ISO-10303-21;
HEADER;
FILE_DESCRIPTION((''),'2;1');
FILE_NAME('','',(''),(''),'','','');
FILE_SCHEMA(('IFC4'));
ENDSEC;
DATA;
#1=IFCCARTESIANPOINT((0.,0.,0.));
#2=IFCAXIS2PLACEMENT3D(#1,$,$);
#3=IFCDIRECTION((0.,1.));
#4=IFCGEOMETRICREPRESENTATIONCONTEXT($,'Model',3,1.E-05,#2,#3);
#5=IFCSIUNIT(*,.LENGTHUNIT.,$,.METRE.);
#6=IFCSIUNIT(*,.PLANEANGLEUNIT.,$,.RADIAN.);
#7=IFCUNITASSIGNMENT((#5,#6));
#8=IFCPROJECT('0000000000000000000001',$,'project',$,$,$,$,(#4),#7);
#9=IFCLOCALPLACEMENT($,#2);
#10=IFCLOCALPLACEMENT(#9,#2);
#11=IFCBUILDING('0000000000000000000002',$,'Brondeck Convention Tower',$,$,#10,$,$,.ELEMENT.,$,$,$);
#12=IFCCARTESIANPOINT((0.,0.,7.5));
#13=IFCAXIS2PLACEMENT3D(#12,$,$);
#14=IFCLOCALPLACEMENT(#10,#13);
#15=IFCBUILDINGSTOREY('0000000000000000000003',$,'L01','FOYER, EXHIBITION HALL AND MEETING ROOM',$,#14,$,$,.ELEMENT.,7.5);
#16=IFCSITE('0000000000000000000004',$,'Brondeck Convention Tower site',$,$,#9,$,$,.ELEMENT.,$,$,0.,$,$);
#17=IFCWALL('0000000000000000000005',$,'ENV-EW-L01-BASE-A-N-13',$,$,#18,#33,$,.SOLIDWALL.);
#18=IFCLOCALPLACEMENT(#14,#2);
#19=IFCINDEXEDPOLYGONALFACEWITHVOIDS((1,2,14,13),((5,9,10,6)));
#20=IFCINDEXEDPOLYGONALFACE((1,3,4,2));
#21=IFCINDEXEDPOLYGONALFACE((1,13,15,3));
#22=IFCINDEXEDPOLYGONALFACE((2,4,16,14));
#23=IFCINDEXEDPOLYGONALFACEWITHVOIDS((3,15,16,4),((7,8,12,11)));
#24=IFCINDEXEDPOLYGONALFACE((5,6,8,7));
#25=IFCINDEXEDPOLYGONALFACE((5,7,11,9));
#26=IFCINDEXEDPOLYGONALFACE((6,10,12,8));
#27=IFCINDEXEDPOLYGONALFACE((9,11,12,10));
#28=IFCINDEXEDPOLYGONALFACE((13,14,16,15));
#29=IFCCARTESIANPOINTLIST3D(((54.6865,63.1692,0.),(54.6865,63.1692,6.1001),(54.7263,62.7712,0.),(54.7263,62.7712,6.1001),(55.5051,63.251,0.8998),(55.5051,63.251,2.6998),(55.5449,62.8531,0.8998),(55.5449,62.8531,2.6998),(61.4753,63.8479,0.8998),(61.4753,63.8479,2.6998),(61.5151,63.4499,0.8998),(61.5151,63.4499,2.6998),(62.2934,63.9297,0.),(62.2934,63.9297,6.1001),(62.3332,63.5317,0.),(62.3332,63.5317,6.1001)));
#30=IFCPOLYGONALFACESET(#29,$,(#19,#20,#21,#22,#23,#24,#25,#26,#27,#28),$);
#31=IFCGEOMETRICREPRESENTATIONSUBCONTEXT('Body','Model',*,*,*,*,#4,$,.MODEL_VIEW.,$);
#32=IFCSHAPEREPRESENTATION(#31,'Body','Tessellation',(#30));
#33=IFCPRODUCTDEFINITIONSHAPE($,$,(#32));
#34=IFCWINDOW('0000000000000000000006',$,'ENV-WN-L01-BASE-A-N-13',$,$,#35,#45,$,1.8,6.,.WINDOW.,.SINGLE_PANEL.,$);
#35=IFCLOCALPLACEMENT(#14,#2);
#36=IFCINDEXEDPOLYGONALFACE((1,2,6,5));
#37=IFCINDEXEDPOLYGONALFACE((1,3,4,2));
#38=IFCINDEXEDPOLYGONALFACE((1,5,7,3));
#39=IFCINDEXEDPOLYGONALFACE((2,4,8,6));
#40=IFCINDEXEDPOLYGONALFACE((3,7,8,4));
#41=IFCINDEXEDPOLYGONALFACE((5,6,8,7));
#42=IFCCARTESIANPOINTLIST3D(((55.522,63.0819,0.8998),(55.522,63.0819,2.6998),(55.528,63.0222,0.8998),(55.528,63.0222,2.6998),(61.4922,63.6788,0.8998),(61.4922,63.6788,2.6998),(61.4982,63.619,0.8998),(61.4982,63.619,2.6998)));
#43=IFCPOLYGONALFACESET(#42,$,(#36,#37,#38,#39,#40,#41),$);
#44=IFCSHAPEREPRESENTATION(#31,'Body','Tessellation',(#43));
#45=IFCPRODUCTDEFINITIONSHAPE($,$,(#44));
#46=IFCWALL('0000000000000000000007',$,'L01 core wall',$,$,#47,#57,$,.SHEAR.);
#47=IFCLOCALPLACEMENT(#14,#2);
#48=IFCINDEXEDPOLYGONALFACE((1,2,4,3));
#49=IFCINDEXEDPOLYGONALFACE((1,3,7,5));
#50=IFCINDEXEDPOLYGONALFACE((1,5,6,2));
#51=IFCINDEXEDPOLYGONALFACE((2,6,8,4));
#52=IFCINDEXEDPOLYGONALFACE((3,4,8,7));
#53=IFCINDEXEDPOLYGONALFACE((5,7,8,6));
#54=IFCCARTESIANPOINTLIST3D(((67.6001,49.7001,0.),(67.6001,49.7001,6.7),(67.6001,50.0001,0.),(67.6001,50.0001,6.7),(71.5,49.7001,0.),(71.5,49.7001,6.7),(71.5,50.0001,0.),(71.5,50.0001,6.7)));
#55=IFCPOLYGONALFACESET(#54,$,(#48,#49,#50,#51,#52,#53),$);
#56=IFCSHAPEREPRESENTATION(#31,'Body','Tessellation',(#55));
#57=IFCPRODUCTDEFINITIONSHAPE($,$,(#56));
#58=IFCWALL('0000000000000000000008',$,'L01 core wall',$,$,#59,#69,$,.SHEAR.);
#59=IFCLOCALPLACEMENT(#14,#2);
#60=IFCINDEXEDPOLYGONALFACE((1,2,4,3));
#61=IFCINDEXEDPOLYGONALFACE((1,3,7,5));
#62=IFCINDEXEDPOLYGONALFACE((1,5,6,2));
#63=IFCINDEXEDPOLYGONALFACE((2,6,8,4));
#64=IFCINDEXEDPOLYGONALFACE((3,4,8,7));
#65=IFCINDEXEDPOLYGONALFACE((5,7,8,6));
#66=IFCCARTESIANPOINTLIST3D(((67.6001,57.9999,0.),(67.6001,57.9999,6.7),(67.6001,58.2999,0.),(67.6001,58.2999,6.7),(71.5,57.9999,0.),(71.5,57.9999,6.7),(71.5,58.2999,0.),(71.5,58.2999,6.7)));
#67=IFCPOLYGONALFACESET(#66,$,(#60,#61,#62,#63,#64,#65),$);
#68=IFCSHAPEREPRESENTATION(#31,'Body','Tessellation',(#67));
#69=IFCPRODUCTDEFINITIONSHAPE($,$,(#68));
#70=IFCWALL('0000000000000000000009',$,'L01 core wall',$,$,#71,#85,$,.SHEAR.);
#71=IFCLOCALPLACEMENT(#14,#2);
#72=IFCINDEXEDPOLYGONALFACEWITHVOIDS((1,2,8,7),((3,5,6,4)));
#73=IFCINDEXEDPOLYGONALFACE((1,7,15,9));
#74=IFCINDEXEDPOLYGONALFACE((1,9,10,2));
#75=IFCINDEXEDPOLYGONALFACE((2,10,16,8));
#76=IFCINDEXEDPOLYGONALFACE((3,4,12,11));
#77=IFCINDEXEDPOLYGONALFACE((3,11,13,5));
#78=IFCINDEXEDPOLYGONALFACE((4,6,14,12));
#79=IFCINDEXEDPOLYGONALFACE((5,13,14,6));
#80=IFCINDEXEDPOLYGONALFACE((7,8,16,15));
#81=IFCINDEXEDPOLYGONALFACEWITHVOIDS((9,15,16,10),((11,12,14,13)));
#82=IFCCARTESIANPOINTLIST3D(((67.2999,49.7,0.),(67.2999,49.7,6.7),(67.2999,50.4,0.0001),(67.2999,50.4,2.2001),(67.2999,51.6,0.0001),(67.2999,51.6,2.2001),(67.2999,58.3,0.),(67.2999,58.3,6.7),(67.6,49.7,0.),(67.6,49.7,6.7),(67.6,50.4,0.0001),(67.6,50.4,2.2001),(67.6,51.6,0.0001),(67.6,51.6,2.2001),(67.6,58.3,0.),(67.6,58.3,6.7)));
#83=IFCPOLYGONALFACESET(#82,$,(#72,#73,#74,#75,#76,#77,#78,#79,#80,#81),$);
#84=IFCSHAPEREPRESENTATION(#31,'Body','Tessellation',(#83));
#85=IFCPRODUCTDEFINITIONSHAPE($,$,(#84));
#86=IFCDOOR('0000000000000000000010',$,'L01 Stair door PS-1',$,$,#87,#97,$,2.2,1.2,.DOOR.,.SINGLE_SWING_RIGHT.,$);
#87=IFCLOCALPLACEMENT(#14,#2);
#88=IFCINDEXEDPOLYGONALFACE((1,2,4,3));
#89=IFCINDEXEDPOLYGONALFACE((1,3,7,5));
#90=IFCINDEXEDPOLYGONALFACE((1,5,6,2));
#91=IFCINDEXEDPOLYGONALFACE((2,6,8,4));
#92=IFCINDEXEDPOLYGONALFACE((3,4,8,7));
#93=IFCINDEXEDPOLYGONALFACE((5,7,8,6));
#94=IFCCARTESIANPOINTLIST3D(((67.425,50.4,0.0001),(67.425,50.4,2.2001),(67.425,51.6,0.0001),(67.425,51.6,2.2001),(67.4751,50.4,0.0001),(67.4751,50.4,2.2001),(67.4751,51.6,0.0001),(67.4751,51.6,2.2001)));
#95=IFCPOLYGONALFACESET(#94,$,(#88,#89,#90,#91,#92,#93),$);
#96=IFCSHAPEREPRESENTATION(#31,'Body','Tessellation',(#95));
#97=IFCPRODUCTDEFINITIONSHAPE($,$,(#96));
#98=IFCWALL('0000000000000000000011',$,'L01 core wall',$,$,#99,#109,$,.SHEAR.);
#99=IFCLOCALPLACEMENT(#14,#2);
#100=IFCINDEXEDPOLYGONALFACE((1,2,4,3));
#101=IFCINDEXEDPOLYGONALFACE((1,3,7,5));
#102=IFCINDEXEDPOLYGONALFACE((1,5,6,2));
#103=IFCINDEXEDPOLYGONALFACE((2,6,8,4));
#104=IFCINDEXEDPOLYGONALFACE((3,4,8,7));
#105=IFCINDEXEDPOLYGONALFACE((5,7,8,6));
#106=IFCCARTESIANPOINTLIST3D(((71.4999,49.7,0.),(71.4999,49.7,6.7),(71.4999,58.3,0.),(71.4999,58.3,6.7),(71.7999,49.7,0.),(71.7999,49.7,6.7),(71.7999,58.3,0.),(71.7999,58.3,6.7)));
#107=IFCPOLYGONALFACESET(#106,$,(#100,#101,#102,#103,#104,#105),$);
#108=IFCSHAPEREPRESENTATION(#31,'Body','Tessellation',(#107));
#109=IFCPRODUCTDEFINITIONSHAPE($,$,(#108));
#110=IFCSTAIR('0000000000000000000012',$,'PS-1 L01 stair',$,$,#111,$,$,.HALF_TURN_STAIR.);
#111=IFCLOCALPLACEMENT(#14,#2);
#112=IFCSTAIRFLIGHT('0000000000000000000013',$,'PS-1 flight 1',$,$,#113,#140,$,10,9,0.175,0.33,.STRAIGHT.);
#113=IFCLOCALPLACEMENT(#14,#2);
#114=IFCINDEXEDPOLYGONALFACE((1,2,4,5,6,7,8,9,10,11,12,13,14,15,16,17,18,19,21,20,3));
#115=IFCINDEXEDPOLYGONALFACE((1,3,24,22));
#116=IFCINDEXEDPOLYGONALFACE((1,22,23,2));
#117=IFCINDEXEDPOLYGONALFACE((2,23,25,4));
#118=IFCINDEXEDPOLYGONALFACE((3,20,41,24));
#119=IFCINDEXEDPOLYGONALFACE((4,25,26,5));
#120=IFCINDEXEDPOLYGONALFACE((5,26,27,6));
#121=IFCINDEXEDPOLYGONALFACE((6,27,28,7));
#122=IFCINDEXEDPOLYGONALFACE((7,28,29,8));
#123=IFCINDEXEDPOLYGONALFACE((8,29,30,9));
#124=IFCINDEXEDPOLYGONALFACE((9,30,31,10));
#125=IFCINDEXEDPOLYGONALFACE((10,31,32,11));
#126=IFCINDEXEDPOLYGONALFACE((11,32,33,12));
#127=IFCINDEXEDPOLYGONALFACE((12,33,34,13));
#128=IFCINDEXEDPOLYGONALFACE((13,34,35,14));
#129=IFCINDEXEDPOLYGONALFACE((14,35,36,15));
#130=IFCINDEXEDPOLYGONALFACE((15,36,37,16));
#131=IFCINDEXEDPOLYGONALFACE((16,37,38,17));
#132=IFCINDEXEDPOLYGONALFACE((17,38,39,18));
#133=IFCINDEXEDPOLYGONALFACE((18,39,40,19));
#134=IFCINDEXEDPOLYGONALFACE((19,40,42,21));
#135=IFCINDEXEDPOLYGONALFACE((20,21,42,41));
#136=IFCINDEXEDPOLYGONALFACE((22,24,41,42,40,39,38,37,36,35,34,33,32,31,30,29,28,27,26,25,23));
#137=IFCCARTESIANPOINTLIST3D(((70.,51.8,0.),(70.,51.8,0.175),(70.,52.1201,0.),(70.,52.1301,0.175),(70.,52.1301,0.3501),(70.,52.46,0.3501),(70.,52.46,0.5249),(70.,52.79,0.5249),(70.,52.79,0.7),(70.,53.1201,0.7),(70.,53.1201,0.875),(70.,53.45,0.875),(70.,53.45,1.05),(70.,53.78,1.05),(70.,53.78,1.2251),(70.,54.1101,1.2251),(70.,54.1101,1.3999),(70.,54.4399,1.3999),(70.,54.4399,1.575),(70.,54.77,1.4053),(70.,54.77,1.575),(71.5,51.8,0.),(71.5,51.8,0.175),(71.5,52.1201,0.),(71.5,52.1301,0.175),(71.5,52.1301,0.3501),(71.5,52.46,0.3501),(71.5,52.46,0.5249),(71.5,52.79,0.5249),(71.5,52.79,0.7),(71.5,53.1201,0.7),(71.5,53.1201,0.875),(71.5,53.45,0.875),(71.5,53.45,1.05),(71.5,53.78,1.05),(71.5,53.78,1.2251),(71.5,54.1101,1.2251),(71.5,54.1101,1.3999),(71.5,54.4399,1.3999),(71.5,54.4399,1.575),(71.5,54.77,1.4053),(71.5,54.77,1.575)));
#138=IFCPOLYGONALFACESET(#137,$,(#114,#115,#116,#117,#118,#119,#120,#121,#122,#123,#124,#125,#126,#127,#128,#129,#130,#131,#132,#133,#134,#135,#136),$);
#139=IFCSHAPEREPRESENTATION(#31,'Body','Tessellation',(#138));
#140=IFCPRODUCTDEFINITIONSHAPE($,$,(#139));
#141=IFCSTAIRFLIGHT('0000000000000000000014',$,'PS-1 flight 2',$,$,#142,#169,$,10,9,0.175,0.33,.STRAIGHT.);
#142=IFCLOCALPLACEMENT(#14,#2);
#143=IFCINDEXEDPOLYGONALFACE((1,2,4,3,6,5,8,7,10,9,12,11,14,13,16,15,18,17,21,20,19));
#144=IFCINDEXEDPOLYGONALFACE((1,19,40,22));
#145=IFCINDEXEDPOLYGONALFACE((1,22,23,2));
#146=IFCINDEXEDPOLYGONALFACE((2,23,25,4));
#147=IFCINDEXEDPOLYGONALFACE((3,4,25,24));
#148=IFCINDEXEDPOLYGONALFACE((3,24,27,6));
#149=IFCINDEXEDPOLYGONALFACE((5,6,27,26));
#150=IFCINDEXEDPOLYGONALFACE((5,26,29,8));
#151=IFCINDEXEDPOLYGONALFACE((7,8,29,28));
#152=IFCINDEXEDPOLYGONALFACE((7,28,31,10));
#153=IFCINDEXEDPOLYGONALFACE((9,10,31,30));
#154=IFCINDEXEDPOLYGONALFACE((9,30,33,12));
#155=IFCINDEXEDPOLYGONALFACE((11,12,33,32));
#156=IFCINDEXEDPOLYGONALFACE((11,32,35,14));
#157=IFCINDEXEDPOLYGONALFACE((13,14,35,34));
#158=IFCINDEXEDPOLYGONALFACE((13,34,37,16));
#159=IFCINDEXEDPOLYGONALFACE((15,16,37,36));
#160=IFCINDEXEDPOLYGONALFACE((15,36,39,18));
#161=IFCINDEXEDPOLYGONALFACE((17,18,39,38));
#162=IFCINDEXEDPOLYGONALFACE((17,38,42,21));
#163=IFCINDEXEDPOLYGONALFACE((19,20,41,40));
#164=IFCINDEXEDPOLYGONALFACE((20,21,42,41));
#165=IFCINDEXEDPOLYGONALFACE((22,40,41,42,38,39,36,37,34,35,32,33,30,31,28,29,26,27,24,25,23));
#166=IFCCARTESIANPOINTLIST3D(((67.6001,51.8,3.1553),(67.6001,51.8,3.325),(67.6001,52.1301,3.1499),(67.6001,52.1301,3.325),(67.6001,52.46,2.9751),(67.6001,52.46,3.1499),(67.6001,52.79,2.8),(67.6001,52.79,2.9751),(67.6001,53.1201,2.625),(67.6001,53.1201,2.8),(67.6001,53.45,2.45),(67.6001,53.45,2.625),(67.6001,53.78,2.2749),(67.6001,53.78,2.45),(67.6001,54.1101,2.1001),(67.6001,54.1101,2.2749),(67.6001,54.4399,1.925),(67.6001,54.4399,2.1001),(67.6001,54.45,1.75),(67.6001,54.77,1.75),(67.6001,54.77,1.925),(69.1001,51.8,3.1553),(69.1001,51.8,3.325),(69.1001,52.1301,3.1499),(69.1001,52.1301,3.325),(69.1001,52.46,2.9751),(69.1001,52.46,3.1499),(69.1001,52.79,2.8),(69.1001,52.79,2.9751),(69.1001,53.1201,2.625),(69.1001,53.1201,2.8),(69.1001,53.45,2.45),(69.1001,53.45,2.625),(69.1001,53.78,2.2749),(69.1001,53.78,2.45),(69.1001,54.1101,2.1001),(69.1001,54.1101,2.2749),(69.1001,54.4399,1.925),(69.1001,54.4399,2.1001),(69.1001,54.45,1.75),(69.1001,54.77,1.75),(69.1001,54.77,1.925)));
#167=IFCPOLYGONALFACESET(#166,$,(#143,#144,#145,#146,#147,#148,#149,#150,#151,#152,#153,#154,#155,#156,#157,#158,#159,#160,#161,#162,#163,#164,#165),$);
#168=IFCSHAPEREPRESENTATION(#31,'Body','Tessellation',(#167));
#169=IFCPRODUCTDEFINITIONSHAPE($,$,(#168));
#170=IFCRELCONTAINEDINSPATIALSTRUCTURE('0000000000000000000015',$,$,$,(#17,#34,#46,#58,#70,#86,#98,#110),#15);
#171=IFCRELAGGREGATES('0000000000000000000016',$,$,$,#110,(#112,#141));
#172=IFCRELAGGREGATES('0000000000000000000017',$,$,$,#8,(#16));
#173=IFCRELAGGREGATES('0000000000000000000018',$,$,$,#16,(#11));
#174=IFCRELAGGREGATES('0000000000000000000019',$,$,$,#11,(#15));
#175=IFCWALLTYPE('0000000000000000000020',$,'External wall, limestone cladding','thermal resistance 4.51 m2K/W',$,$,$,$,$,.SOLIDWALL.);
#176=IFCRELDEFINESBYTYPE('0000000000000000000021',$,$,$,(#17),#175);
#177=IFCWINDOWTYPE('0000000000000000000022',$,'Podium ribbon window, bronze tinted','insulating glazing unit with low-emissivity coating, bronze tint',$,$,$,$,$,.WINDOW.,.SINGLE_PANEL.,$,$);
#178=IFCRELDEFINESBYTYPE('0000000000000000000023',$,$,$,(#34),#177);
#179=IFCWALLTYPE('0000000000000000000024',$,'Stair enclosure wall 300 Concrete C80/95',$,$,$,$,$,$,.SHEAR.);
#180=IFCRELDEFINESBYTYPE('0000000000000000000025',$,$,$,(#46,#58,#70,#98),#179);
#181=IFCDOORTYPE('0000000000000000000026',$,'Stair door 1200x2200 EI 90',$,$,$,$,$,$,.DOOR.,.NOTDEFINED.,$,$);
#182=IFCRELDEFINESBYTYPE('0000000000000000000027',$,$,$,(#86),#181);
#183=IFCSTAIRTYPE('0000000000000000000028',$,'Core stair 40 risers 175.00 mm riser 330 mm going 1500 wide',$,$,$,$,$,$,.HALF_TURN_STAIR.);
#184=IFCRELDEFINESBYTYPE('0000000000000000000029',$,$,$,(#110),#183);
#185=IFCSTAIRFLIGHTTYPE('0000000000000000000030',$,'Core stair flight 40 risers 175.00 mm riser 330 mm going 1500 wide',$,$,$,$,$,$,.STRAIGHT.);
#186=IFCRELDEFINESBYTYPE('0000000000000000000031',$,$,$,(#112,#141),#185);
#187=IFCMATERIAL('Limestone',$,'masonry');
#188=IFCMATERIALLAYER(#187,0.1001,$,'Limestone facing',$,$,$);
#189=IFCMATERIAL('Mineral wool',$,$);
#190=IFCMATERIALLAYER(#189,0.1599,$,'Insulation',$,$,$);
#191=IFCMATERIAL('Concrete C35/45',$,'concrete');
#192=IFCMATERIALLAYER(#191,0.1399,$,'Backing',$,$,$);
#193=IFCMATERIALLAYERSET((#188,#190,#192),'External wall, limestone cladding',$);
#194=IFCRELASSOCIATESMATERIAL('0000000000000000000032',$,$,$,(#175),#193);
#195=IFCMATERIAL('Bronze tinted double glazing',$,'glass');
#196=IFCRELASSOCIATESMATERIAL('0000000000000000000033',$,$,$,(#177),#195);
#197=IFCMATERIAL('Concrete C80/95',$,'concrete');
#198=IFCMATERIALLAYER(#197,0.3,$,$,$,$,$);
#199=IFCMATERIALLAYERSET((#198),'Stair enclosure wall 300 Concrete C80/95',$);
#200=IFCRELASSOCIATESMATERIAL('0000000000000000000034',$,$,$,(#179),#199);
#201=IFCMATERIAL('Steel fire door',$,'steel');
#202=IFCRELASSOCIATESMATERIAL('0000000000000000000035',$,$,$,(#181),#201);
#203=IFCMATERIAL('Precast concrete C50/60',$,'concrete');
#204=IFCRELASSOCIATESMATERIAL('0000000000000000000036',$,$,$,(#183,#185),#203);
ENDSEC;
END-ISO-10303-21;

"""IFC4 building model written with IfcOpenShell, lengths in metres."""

from ifc_helpers import new_model, si_unit, direction, frame, frame_2d, origin, place, context, subcontext, project, spatial, polyline, rectangle, outline, extrude, material, layer, layer_set, type_object, element, fill, aggregate, save


model = new_model("IFC4")

# Units and contexts
model_context = context("Model", 3, precision=1e-05, world=origin(), true_north=direction((0.0, 1.0)))
body_context = subcontext(model_context, "Body", "Model", "MODEL_VIEW")
ifc_project = project(units=[si_unit("LENGTHUNIT", "METRE"), si_unit("PLANEANGLEUNIT", "RADIAN")], contexts=[model_context])

# Site, building, storey
site_placement = place(None, origin())
site = spatial("IfcSite", under=ifc_project, at=site_placement, Name="Brondeck Convention Tower site", CompositionType="ELEMENT", RefElevation=0.0)
building_placement = place(site_placement, origin())
building = spatial("IfcBuilding", under=site, at=building_placement, Name="Brondeck Convention Tower", CompositionType="ELEMENT")
storey_placement = place(building_placement, frame((0.0, 0.0, 7.5)))
storey = spatial("IfcBuildingStorey", under=building, at=storey_placement, Name="L01", Description="FOYER, EXHIBITION HALL AND MEETING ROOM", CompositionType="ELEMENT", Elevation=7.5)

# Shared definitions
ifc_material_1 = material(Name="Concrete C80/95", Category="concrete")

# Shared definitions
ifc_material_2 = material(Name="Limestone", Category="masonry")
ifc_layer_1 = layer(ifc_material_2, 0.1001, Name="Limestone facing")
ifc_material_3 = material(Name="Mineral wool")
ifc_layer_2 = layer(ifc_material_3, 0.1599, Name="Insulation")
ifc_material_4 = material(Name="Concrete C35/45", Category="concrete")
ifc_layer_3 = layer(ifc_material_4, 0.1399, Name="Backing")
ifc_layer_set_1 = layer_set([ifc_layer_1, ifc_layer_2, ifc_layer_3], Name="External wall, limestone cladding")
wall_type_1 = type_object("IfcWallType", Name="External wall, limestone cladding", Description="thermal resistance 4.51 m2K/W", PredefinedType="SOLIDWALL", material=ifc_layer_set_1)
ifc_material_5 = material(Name="Bronze tinted double glazing", Category="glass")
window_type = type_object("IfcWindowType", Name="Podium ribbon window, bronze tinted", Description="insulating glazing unit with low-emissivity coating, bronze tint", PartitioningType="SINGLE_PANEL", PredefinedType="WINDOW", material=ifc_material_5)

# Wall, opening, window
wall_1_placement = place(storey_placement, frame((54.7065, 62.9702, 0.0), z_axis=(0.0, 0.0, 1.0), x_axis=(0.99504, 0.099478, 0.0)))
wall_1 = element("IfcWall", 1, at=wall_1_placement, inside=storey, type_object=wall_type_1, Name="ENV-EW-L01-BASE-A-N-13", PredefinedType="SOLIDWALL", context=body_context, shape_type="SweptSolid", body=[
    extrude(rectangle(XDim=7.6448, YDim=0.3999, at=frame_2d((3.8223, 0.0))), origin(), (0.0, 0.0, 1.0), 6.1001),
])
opening_1_placement = place(wall_1_placement, frame((0.8225, 0.0, 0.8999)))
opening_1 = element("IfcOpeningElement", 2, at=opening_1_placement, cuts=wall_1, PredefinedType="OPENING", context=body_context, shape_type="SweptSolid", body=[
    extrude(rectangle(XDim=6.0, YDim=1.8, at=frame_2d((3.0, 0.8999))), frame((0.0, 0.21, 0.0), z_axis=(0.0, -1.0, 0.0), x_axis=(1.0, 0.0, 0.0)), (0.0, 0.0, 1.0), 0.4199),
])
window_1_placement = place(opening_1_placement, origin())
window_1 = element("IfcWindow", 3, at=window_1_placement, inside=storey, type_object=window_type, Name="ENV-WN-L01-BASE-A-N-13", OverallHeight=1.8, OverallWidth=6.0, PartitioningType="SINGLE_PANEL", PredefinedType="WINDOW", context=body_context, shape_type="SweptSolid", body=[
    extrude(rectangle(XDim=6.0, YDim=1.8, at=frame_2d((3.0, 0.8999))), frame((0.0, 0.03, 0.0), z_axis=(0.0, -1.0, 0.0), x_axis=(1.0, 0.0, 0.0)), (0.0, 0.0, 1.0), 0.0601),
])
fill(opening_1, window_1)

# Walls
ifc_layer_4 = layer(ifc_material_1, 0.3)
ifc_layer_set_2 = layer_set([ifc_layer_4], Name="Stair enclosure wall 300 Concrete C80/95")
wall_type_2 = type_object("IfcWallType", Name="Stair enclosure wall 300 Concrete C80/95", PredefinedType="SHEAR", material=ifc_layer_set_2)
for number, where, z_axis, x_axis, name in (
    (4, (67.6001, 49.8501, 0.0), (0.0, 0.0, 1.0), (1.0, 0.0, 0.0), "L01 core wall"),
    (5, (67.6001, 58.1499, 0.0), (0.0, 0.0, 1.0), (1.0, 0.0, 0.0), "L01 core wall"),
):
    element("IfcWall", number, at=place(storey_placement, frame(where, z_axis=z_axis, x_axis=x_axis)), inside=storey, type_object=wall_type_2, Name=name, PredefinedType="SHEAR", context=body_context, shape_type="SweptSolid", body=[
        extrude(rectangle(XDim=3.8999, YDim=0.3, at=frame_2d((1.95, 0.0))), origin(), (0.0, 0.0, 1.0), 6.7),
    ])

# Wall, opening, door
wall_2_placement = place(storey_placement, frame((67.45, 49.7, 0.0), z_axis=(0.0, 0.0, 1.0), x_axis=(0.0, 1.0, 0.0)))
wall_2 = element("IfcWall", 6, at=wall_2_placement, inside=storey, type_object=wall_type_2, Name="L01 core wall", PredefinedType="SHEAR", context=body_context, shape_type="SweptSolid", body=[
    extrude(rectangle(XDim=8.6001, YDim=0.3, at=frame_2d((4.3, 0.0))), origin(), (0.0, 0.0, 1.0), 6.7),
])
opening_2_placement = place(wall_2_placement, frame((0.7, 0.0, 0.0)))
opening_2 = element("IfcOpeningElement", 7, at=opening_2_placement, cuts=wall_2, PredefinedType="OPENING", context=body_context, shape_type="SweptSolid", body=[
    extrude(rectangle(XDim=1.2, YDim=2.2, at=frame_2d((0.6001, 1.1001))), frame((0.0, 0.1599, 0.0), z_axis=(0.0, -1.0, 0.0), x_axis=(1.0, 0.0, 0.0)), (0.0, 0.0, 1.0), 0.3201),
])
ifc_material_6 = material(Name="Steel fire door", Category="steel")
door_type = type_object("IfcDoorType", Name="Stair door 1200x2200 EI 90", OperationType="NOTDEFINED", PredefinedType="DOOR", material=ifc_material_6)
door_placement = place(opening_2_placement, origin())
door = element("IfcDoor", 8, at=door_placement, inside=storey, type_object=door_type, Name="L01 Stair door PS-1", OperationType="SINGLE_SWING_RIGHT", OverallHeight=2.2, OverallWidth=1.2, PredefinedType="DOOR", context=body_context, shape_type="SweptSolid", body=[
    extrude(rectangle(XDim=1.2, YDim=2.2, at=frame_2d((0.6001, 1.1001))), frame((0.0, 0.0249, 0.0), z_axis=(0.0, -1.0, 0.0), x_axis=(1.0, 0.0, 0.0)), (0.0, 0.0, 1.0), 0.05),
])
fill(opening_2, door)

# Wall
wall_3_placement = place(storey_placement, frame((71.6499, 49.7, 0.0), z_axis=(0.0, 0.0, 1.0), x_axis=(0.0, 1.0, 0.0)))
element("IfcWall", 9, at=wall_3_placement, inside=storey, type_object=wall_type_2, Name="L01 core wall", PredefinedType="SHEAR", context=body_context, shape_type="SweptSolid", body=[
    extrude(rectangle(XDim=8.6001, YDim=0.3, at=frame_2d((4.3, 0.0))), origin(), (0.0, 0.0, 1.0), 6.7),
])

# Stair, stair flights
ifc_material_7 = material(Name="Precast concrete C50/60", Category="concrete")
stair_type = type_object("IfcStairType", Name="Core stair 40 risers 175.00 mm riser 330 mm going 1500 wide", PredefinedType="HALF_TURN_STAIR", material=ifc_material_7)
stair_placement = place(storey_placement, origin())
stair = element("IfcStair", 10, at=stair_placement, inside=storey, type_object=stair_type, Name="PS-1 L01 stair", PredefinedType="HALF_TURN_STAIR")
stair_flight_type = type_object("IfcStairFlightType", Name="Core stair flight 40 risers 175.00 mm riser 330 mm going 1500 wide", PredefinedType="STRAIGHT", material=ifc_material_7)
stair_flight_1_placement = place(storey_placement, frame((70.75, 51.8, 0.0), z_axis=(0.0, 0.0, 1.0), x_axis=(0.0, 1.0, 0.0)))
stair_flight_1 = element("IfcStairFlight", 11, at=stair_flight_1_placement, type_object=stair_flight_type, Name="PS-1 flight 1", NumberOfRisers=10, NumberOfTreads=9, PredefinedType="STRAIGHT", RiserHeight=0.175, TreadLength=0.33, context=body_context, shape_type="SweptSolid", body=[
    extrude(outline(polyline([(0.0, 0.0), (0.0, 0.175), (0.3301, 0.175), (0.3301, 0.3501), (0.6599, 0.3501), (0.6599, 0.5249), (0.99, 0.5249), (0.99, 0.7), (1.3201, 0.7), (1.3201, 0.875), (1.6499, 0.875), (1.6499, 1.05), (1.98, 1.05), (1.98, 1.2251), (2.3101, 1.2251), (2.3101, 1.3999), (2.6399, 1.3999), (2.6399, 1.575), (2.97, 1.575), (2.97, 1.75), (2.97, 1.4053), (0.3201, 0.0), (0.0, 0.0)])), frame((0.0, 0.75, 0.0), z_axis=(0.0, -1.0, 0.0), x_axis=(1.0, 0.0, 0.0)), (0.0, 0.0, 1.0), 1.5),
])
stair_flight_2_placement = place(storey_placement, frame((68.3501, 54.77, 1.75), z_axis=(0.0, 0.0, 1.0), x_axis=(0.0, -1.0, 0.0)))
stair_flight_2 = element("IfcStairFlight", 12, at=stair_flight_2_placement, type_object=stair_flight_type, Name="PS-1 flight 2", NumberOfRisers=10, NumberOfTreads=9, PredefinedType="STRAIGHT", RiserHeight=0.175, TreadLength=0.33, context=body_context, shape_type="SweptSolid", body=[
    extrude(outline(polyline([(0.0, 0.0), (0.0, 0.175), (0.3301, 0.175), (0.3301, 0.3501), (0.6599, 0.3501), (0.6599, 0.5249), (0.99, 0.5249), (0.99, 0.7), (1.3201, 0.7), (1.3201, 0.875), (1.6499, 0.875), (1.6499, 1.05), (1.98, 1.05), (1.98, 1.2251), (2.3101, 1.2251), (2.3101, 1.3999), (2.6399, 1.3999), (2.6399, 1.575), (2.97, 1.575), (2.97, 1.75), (2.97, 1.4053), (0.3201, 0.0), (0.0, 0.0)])), frame((0.0, 0.75, 0.0), z_axis=(0.0, -1.0, 0.0), x_axis=(1.0, 0.0, 0.0)), (0.0, 0.0, 1.0), 1.5),
])
aggregate(stair, [stair_flight_1, stair_flight_2])

save(model, "model.ifc")
